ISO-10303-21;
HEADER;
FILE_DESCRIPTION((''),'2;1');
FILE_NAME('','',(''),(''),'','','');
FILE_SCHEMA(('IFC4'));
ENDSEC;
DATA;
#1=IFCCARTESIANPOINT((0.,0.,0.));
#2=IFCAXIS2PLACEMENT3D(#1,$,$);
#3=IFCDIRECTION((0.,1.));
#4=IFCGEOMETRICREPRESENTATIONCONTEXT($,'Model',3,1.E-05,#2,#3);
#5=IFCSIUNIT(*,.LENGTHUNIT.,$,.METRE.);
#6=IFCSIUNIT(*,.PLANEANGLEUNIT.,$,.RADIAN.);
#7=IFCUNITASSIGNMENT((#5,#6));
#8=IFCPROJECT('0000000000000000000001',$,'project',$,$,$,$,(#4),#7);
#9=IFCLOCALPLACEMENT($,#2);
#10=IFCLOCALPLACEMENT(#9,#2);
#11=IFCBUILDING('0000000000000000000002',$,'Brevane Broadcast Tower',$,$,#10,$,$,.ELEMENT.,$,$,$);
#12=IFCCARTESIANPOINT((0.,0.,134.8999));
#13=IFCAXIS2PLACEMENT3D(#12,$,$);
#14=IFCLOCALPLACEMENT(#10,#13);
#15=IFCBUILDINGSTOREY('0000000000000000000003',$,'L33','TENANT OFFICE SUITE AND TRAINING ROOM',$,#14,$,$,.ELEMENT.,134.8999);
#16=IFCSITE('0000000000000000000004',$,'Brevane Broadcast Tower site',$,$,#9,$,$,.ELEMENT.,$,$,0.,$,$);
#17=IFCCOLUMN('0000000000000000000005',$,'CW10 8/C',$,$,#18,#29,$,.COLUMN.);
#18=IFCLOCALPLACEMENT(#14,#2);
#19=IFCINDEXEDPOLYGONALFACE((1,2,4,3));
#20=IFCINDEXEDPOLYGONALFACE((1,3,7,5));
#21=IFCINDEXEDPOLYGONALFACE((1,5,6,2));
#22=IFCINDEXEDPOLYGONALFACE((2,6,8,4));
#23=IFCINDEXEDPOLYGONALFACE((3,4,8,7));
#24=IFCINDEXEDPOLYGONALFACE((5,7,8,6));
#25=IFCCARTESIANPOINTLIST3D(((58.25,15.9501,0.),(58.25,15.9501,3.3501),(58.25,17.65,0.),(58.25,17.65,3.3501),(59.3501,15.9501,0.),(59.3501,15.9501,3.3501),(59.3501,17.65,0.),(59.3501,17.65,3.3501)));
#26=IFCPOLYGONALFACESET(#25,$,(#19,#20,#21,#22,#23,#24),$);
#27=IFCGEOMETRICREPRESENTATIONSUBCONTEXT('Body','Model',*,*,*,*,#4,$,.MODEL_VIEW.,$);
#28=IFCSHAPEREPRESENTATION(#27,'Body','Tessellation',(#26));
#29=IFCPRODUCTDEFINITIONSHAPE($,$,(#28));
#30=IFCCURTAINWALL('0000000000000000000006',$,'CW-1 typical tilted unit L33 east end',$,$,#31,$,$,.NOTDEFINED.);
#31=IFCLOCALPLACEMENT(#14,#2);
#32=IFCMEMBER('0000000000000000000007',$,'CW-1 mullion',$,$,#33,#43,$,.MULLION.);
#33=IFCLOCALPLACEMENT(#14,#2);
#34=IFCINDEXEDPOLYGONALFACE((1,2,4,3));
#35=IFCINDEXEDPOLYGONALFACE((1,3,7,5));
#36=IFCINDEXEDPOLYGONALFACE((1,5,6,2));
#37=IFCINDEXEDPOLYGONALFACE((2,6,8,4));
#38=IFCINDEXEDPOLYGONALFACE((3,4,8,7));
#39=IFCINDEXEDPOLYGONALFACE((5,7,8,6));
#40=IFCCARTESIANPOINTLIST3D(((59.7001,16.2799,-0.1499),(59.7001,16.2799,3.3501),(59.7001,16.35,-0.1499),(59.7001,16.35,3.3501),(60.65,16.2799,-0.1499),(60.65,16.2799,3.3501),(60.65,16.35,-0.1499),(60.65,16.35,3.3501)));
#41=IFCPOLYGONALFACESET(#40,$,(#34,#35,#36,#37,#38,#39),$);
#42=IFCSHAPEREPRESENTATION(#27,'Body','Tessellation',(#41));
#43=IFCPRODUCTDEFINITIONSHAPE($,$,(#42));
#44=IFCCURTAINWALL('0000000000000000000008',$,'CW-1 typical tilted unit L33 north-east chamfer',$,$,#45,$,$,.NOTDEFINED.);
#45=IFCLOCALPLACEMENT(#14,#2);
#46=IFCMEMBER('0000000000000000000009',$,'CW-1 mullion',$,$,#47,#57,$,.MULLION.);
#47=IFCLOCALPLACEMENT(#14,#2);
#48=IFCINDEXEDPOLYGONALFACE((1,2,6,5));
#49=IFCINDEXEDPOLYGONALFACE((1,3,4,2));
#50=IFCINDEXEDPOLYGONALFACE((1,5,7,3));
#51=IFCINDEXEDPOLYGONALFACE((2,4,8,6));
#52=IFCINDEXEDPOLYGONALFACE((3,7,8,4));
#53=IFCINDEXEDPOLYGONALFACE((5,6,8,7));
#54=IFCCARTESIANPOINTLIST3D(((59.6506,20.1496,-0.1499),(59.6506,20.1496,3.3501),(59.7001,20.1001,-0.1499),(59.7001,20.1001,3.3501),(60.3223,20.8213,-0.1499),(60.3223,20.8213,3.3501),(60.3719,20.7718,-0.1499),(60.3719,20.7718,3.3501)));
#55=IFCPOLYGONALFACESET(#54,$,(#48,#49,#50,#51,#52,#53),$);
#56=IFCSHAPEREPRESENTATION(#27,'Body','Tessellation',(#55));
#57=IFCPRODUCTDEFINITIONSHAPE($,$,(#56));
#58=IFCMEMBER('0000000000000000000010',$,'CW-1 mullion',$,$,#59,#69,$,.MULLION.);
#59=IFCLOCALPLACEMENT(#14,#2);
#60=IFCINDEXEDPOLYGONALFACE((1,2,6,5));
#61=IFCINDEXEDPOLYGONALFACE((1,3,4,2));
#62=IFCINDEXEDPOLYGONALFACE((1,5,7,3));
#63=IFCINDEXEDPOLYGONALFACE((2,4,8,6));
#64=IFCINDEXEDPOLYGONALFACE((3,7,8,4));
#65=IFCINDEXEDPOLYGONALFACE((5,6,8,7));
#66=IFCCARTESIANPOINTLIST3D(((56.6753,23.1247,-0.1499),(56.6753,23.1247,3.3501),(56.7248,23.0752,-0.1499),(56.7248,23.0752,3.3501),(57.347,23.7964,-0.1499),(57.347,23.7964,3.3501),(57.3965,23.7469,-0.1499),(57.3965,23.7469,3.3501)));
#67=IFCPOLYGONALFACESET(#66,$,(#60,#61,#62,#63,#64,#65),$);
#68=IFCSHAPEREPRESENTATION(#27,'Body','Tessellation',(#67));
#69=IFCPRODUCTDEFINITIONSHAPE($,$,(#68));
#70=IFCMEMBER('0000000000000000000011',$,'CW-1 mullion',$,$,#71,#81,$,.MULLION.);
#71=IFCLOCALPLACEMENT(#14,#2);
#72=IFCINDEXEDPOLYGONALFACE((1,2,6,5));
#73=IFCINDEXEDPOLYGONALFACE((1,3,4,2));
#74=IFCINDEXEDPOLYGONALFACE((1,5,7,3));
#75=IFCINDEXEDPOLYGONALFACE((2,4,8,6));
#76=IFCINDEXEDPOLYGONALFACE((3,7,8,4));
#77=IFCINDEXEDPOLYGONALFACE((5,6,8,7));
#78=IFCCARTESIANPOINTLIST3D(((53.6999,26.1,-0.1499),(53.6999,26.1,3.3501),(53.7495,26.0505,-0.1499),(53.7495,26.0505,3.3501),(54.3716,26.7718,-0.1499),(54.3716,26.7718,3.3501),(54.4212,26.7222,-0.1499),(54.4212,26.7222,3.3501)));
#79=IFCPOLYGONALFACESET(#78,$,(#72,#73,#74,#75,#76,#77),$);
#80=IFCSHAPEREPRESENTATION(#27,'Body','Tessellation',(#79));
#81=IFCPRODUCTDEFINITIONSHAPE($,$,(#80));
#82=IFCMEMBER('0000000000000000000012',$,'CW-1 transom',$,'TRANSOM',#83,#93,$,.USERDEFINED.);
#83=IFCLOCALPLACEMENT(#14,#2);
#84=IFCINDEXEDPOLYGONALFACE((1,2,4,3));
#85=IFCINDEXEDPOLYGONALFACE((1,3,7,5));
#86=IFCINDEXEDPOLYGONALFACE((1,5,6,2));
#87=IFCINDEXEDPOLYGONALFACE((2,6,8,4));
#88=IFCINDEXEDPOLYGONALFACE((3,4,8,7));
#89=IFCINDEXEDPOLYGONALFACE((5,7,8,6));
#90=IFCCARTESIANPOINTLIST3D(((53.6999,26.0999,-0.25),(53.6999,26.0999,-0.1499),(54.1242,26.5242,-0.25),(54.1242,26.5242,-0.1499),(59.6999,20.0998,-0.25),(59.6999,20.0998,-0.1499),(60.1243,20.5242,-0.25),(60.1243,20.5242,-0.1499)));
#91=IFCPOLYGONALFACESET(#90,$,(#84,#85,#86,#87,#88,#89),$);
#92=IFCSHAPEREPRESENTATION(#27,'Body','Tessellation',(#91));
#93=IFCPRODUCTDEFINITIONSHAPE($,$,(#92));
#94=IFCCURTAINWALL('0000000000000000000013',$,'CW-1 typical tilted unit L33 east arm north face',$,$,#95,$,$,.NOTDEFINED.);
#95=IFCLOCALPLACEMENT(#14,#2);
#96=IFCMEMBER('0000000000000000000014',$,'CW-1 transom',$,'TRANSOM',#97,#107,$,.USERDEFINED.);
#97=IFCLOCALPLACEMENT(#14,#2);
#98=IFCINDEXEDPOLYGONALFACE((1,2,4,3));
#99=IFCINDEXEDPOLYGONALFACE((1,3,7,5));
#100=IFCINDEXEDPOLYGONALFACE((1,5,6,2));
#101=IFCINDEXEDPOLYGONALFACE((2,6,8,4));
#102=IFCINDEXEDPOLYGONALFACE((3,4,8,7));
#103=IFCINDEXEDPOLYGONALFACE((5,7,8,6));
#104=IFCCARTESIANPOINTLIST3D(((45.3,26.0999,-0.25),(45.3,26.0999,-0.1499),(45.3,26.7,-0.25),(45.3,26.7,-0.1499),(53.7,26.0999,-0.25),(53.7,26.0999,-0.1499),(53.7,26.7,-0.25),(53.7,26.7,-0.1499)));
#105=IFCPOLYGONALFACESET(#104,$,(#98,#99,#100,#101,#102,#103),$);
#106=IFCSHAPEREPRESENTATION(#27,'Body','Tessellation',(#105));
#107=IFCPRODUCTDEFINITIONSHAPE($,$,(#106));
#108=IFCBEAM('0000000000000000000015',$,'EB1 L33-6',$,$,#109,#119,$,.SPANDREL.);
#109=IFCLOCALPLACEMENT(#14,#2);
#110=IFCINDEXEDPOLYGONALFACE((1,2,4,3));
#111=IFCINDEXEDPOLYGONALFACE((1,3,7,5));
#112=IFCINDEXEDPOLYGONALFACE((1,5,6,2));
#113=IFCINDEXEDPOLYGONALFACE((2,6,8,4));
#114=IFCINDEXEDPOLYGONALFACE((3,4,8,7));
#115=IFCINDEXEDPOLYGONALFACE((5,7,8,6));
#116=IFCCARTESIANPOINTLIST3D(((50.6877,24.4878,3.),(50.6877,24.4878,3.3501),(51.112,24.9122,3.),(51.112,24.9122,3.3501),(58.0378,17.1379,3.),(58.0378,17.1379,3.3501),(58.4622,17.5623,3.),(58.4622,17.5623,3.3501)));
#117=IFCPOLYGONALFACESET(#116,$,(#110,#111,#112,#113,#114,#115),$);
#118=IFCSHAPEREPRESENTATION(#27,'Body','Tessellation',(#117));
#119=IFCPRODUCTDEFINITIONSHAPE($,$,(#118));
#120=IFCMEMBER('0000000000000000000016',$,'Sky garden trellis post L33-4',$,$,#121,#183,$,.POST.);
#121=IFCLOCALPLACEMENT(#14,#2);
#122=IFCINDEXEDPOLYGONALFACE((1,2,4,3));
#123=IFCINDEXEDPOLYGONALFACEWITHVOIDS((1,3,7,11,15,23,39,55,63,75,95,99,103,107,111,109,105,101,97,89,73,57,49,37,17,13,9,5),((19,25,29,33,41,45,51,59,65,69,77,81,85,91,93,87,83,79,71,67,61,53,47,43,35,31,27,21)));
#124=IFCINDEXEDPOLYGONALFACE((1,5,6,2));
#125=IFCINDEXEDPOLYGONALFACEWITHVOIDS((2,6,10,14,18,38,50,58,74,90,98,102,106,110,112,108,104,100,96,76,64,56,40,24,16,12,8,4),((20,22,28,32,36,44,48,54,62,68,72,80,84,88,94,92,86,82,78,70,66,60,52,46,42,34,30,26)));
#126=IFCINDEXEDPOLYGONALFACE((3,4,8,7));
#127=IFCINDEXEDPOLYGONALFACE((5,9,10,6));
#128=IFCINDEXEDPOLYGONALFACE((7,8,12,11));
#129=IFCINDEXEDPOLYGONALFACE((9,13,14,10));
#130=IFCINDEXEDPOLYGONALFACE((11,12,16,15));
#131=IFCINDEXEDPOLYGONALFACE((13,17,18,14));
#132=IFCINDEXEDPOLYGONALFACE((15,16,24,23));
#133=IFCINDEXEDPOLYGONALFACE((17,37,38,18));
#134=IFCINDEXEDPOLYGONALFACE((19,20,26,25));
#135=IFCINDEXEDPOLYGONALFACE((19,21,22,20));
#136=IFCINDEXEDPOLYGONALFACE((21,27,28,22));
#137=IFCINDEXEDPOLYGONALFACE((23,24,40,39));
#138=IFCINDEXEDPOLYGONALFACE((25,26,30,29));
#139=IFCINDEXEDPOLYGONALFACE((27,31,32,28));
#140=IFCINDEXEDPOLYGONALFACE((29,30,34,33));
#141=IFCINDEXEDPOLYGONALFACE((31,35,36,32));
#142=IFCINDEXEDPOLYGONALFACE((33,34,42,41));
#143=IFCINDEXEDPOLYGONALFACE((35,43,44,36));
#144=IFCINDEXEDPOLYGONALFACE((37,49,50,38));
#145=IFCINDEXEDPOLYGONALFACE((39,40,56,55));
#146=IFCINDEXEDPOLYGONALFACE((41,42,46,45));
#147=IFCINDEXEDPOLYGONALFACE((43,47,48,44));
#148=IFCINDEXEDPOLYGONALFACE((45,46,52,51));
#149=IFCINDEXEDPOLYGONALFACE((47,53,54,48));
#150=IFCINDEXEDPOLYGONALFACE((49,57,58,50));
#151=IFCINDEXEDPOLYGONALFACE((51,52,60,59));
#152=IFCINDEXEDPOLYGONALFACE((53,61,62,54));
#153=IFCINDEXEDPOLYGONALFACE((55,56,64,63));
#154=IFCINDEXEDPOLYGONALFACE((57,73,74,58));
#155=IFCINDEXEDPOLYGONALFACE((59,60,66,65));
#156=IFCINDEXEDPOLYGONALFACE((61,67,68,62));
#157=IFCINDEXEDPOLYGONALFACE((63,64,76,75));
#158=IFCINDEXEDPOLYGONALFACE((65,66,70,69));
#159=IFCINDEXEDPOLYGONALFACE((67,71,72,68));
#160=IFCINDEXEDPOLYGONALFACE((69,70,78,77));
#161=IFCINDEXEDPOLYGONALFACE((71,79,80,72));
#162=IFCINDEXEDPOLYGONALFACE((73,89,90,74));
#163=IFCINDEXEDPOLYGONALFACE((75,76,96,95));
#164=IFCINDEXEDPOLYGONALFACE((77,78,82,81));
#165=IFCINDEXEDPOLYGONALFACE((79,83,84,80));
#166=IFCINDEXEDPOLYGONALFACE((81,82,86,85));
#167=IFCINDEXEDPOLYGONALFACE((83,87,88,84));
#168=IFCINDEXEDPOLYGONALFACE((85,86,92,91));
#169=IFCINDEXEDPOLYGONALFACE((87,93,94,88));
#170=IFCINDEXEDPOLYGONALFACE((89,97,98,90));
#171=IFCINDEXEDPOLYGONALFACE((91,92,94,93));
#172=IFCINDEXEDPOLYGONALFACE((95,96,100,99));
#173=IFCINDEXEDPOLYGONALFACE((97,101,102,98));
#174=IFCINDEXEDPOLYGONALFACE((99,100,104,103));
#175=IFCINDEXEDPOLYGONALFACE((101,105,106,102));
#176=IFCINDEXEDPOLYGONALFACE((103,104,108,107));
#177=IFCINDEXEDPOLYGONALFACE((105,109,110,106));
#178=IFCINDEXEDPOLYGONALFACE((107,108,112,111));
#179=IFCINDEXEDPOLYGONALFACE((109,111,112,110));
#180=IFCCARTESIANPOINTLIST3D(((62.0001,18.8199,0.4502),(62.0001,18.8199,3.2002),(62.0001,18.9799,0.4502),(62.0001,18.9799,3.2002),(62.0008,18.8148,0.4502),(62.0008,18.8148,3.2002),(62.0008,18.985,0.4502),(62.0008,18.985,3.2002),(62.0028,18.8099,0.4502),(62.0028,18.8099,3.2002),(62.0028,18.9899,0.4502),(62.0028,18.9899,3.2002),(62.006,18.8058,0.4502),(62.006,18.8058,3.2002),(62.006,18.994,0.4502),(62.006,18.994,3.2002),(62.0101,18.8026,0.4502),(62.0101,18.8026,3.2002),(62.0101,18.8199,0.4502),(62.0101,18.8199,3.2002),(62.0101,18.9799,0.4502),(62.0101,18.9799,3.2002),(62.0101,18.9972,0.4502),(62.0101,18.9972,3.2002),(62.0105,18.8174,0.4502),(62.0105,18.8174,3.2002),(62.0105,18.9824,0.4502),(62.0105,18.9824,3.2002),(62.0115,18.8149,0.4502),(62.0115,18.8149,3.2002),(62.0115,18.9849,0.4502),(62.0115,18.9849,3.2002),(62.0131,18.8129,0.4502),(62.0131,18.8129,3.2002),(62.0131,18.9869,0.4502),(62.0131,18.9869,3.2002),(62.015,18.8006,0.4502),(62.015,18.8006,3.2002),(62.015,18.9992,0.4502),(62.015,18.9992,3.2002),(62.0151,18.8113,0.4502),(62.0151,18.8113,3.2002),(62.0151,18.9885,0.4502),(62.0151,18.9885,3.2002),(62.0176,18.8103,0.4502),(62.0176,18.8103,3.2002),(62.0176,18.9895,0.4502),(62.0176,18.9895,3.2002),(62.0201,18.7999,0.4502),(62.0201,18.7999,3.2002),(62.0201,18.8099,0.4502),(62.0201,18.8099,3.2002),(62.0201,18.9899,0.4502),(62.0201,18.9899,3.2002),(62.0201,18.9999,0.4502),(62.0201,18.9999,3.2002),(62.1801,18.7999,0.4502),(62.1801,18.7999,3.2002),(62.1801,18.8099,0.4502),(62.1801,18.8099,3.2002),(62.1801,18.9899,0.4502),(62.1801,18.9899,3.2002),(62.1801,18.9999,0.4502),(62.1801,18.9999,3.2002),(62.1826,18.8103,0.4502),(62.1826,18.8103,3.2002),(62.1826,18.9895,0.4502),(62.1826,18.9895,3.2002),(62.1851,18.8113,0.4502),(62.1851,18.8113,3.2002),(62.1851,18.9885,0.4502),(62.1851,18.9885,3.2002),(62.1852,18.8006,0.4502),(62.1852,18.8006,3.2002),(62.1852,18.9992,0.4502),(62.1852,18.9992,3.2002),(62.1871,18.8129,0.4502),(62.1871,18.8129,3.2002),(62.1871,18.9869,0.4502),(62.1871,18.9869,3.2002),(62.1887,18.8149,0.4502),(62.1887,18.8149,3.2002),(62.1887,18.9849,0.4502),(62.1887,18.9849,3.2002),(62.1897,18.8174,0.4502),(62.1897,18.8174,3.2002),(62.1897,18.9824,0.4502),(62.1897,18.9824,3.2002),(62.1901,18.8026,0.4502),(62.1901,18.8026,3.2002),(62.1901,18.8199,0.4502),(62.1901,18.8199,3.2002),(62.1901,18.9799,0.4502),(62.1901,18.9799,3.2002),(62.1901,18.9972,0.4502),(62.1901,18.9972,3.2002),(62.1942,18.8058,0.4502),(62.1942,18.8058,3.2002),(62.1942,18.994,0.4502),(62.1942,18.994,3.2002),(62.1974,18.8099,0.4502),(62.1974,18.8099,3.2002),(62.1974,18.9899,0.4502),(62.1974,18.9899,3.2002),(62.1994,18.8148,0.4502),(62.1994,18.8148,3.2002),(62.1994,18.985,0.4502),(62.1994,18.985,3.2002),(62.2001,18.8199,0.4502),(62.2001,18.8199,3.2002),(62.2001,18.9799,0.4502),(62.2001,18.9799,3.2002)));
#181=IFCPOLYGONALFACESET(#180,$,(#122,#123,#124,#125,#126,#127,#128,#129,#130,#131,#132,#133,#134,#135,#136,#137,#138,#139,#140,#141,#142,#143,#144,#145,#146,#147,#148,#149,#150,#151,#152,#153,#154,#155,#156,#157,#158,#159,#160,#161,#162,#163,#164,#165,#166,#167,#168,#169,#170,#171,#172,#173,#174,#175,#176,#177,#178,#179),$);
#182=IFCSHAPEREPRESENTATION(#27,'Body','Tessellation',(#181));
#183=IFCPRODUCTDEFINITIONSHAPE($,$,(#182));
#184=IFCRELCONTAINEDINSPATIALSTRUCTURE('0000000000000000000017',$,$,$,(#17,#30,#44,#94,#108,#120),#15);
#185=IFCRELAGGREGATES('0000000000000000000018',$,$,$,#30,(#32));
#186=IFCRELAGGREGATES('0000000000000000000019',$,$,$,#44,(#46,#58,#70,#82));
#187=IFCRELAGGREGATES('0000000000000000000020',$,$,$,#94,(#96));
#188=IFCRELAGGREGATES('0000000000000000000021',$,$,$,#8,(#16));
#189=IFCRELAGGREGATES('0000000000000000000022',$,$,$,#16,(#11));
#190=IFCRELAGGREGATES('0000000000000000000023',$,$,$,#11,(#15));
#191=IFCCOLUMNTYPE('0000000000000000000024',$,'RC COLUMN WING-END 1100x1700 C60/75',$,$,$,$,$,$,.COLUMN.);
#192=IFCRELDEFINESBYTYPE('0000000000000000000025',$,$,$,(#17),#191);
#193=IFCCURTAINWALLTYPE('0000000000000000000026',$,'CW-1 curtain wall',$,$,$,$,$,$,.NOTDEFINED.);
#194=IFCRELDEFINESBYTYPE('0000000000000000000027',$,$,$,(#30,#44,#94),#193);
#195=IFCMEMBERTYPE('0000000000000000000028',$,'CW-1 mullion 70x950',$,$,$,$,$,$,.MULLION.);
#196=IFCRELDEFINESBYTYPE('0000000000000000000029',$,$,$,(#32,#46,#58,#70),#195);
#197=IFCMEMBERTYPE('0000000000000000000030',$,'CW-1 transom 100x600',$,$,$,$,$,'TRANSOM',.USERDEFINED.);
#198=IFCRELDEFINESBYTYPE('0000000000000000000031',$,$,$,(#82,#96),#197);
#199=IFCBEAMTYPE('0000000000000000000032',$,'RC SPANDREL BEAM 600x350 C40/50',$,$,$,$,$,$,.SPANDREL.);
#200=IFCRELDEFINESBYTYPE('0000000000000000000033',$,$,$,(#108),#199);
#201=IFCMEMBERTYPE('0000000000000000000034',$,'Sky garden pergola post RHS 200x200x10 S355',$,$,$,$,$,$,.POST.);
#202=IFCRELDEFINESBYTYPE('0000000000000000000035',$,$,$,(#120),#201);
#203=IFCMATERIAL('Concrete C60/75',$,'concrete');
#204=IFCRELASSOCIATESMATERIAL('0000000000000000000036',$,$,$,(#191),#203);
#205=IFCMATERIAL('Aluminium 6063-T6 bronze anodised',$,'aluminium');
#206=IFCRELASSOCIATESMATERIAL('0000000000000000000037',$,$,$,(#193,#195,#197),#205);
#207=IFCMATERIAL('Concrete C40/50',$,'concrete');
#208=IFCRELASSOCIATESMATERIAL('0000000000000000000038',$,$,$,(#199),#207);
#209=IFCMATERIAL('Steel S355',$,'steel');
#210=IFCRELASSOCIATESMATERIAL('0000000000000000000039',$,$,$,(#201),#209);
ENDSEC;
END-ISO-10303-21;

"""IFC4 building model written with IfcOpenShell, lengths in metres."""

from ifc_helpers import new_model, si_unit, direction, frame, origin, origin_2d, place, context, subcontext, project, spatial, rectangle, hollow_rectangle, extrude, material, material_profile, profile_set, type_object, element, aggregate, save


model = new_model("IFC4")

# Units and contexts
model_context = context("Model", 3, precision=1e-05, world=origin(), true_north=direction((0.0, 1.0)))
body_context = subcontext(model_context, "Body", "Model", "MODEL_VIEW")
ifc_project = project(units=[si_unit("LENGTHUNIT", "METRE"), si_unit("PLANEANGLEUNIT", "RADIAN")], contexts=[model_context])

# Site, building, storey
site_placement = place(None, origin())
site = spatial("IfcSite", under=ifc_project, at=site_placement, Name="Brevane Broadcast Tower site", CompositionType="ELEMENT", RefElevation=0.0)
building_placement = place(site_placement, origin())
building = spatial("IfcBuilding", under=site, at=building_placement, Name="Brevane Broadcast Tower", CompositionType="ELEMENT")
storey_placement = place(building_placement, frame((0.0, 0.0, 134.8999)))
storey = spatial("IfcBuildingStorey", under=building, at=storey_placement, Name="L33", Description="TENANT OFFICE SUITE AND TRAINING ROOM", CompositionType="ELEMENT", Elevation=134.8999)

# Column
ifc_material_1 = material(Name="Concrete C60/75", Category="concrete")
ifc_material_profile_1 = material_profile(ifc_material_1, rectangle(XDim=1.1001, YDim=1.7, at=origin_2d()), Name="RC 1100x1700")
ifc_profile_set_1 = profile_set([ifc_material_profile_1], Name="Concrete C60/75")
column_type = type_object("IfcColumnType", Name="RC COLUMN WING-END 1100x1700 C60/75", PredefinedType="COLUMN", material=ifc_profile_set_1)
column_placement = place(storey_placement, frame((58.8, 16.8, 0.0), z_axis=(0.0, 0.0, 1.0), x_axis=(1.0, 0.0, 0.0)))
element("IfcColumn", 1, at=column_placement, inside=storey, type_object=column_type, Name="CW10 8/C", PredefinedType="COLUMN", context=body_context, shape_type="SweptSolid", body=[
    extrude(rectangle(XDim=1.1001, YDim=1.7, at=origin_2d()), origin(), (0.0, 0.0, 1.0), 3.3501),
])

# Curtain wall, member
ifc_material_2 = material(Name="Aluminium 6063-T6 bronze anodised", Category="aluminium")
curtain_wall_type = type_object("IfcCurtainWallType", Name="CW-1 curtain wall", PredefinedType="NOTDEFINED", material=ifc_material_2)
curtain_wall_1_placement = place(storey_placement, origin())
curtain_wall_1 = element("IfcCurtainWall", 2, at=curtain_wall_1_placement, inside=storey, type_object=curtain_wall_type, Name="CW-1 typical tilted unit L33 east end", PredefinedType="NOTDEFINED")
ifc_material_profile_2 = material_profile(ifc_material_2, rectangle(XDim=0.95, YDim=0.0701, at=origin_2d()), Name="RECT 70x950")
ifc_profile_set_2 = profile_set([ifc_material_profile_2], Name="Aluminium 6063-T6 bronze anodised")
member_type_1 = type_object("IfcMemberType", Name="CW-1 mullion 70x950", PredefinedType="MULLION", material=ifc_profile_set_2)
member_1_placement = place(storey_placement, frame((60.175, 16.3149, -0.1499), z_axis=(0.0, 0.0, 1.0), x_axis=(-1.0, 0.0, 0.0)))
member_1 = element("IfcMember", 3, at=member_1_placement, type_object=member_type_1, Name="CW-1 mullion", PredefinedType="MULLION", context=body_context, shape_type="SweptSolid", body=[
    extrude(rectangle(XDim=0.95, YDim=0.0701, at=origin_2d()), origin(), (0.0, 0.0, 1.0), 3.5),
])
aggregate(curtain_wall_1, [member_1])

# Curtain wall, members
curtain_wall_2_placement = place(storey_placement, origin())
curtain_wall_2 = element("IfcCurtainWall", 4, at=curtain_wall_2_placement, inside=storey, type_object=curtain_wall_type, Name="CW-1 typical tilted unit L33 north-east chamfer", PredefinedType="NOTDEFINED")
member_2_placement = place(storey_placement, frame((60.0112, 20.4607, -0.1499), z_axis=(0.0, 0.0, 1.0), x_axis=(-0.707107, -0.707107, 0.0)))
member_2 = element("IfcMember", 5, at=member_2_placement, type_object=member_type_1, Name="CW-1 mullion", PredefinedType="MULLION", context=body_context, shape_type="SweptSolid", body=[
    extrude(rectangle(XDim=0.95, YDim=0.0701, at=origin_2d()), origin(), (0.0, 0.0, 1.0), 3.5),
])
member_3_placement = place(storey_placement, frame((57.0359, 23.4358, -0.1499), z_axis=(0.0, 0.0, 1.0), x_axis=(-0.707107, -0.707107, 0.0)))
member_3 = element("IfcMember", 6, at=member_3_placement, type_object=member_type_1, Name="CW-1 mullion", PredefinedType="MULLION", context=body_context, shape_type="SweptSolid", body=[
    extrude(rectangle(XDim=0.95, YDim=0.0701, at=origin_2d()), origin(), (0.0, 0.0, 1.0), 3.5),
])
member_4_placement = place(storey_placement, frame((54.0605, 26.4111, -0.1499), z_axis=(0.0, 0.0, 1.0), x_axis=(-0.707107, -0.707107, 0.0)))
member_4 = element("IfcMember", 7, at=member_4_placement, type_object=member_type_1, Name="CW-1 mullion", PredefinedType="MULLION", context=body_context, shape_type="SweptSolid", body=[
    extrude(rectangle(XDim=0.95, YDim=0.0701, at=origin_2d()), origin(), (0.0, 0.0, 1.0), 3.5),
])
ifc_material_profile_3 = material_profile(ifc_material_2, rectangle(XDim=0.6001, YDim=0.1001, at=origin_2d()), Name="RECT 100x600")
ifc_profile_set_3 = profile_set([ifc_material_profile_3], Name="Aluminium 6063-T6 bronze anodised")
member_type_2 = type_object("IfcMemberType", Name="CW-1 transom 100x600", ElementType="TRANSOM", PredefinedType="USERDEFINED", material=ifc_profile_set_3)
member_5_placement = place(storey_placement, frame((59.9121, 20.312, -0.2), z_axis=(-0.707107, 0.707107, 0.0), x_axis=(-0.707107, -0.707107, 0.0)))
member_5 = element("IfcMember", 8, at=member_5_placement, type_object=member_type_2, Name="CW-1 transom", ObjectType="TRANSOM", PredefinedType="USERDEFINED", context=body_context, shape_type="SweptSolid", body=[
    extrude(rectangle(XDim=0.6001, YDim=0.1001, at=origin_2d()), origin(), (0.0, 0.0, 1.0), 8.4854),
])
aggregate(curtain_wall_2, [member_2, member_3, member_4, member_5])

# Curtain wall, member
curtain_wall_3_placement = place(storey_placement, origin())
curtain_wall_3 = element("IfcCurtainWall", 9, at=curtain_wall_3_placement, inside=storey, type_object=curtain_wall_type, Name="CW-1 typical tilted unit L33 east arm north face", PredefinedType="NOTDEFINED")
member_6_placement = place(storey_placement, frame((53.7, 26.3999, -0.2), z_axis=(-1.0, 0.0, 0.0), x_axis=(0.0, -1.0, 0.0)))
member_6 = element("IfcMember", 10, at=member_6_placement, type_object=member_type_2, Name="CW-1 transom", ObjectType="TRANSOM", PredefinedType="USERDEFINED", context=body_context, shape_type="SweptSolid", body=[
    extrude(rectangle(XDim=0.6001, YDim=0.1001, at=origin_2d()), origin(), (0.0, 0.0, 1.0), 8.3999),
])
aggregate(curtain_wall_3, [member_6])

# Beam
ifc_material_3 = material(Name="Concrete C40/50", Category="concrete")
ifc_material_profile_4 = material_profile(ifc_material_3, rectangle(XDim=0.6001, YDim=0.3501, at=origin_2d()), Name="RC 600x350")
ifc_profile_set_4 = profile_set([ifc_material_profile_4], Name="Concrete C40/50")
beam_type = type_object("IfcBeamType", Name="RC SPANDREL BEAM 600x350 C40/50", PredefinedType="SPANDREL", material=ifc_profile_set_4)
beam_placement = place(storey_placement, frame((58.25, 17.3501, 3.175), z_axis=(-0.707119, 0.707095, 0.0), x_axis=(-0.707095, -0.707119, 0.0)))
element("IfcBeam", 11, at=beam_placement, inside=storey, type_object=beam_type, Name="EB1 L33-6", PredefinedType="SPANDREL", context=body_context, shape_type="SweptSolid", body=[
    extrude(rectangle(XDim=0.6001, YDim=0.3501, at=origin_2d()), origin(), (0.0, 0.0, 1.0), 10.3945),
])

# Member
ifc_material_4 = material(Name="Steel S355", Category="steel")
ifc_material_profile_5 = material_profile(ifc_material_4, hollow_rectangle(XDim=0.2, YDim=0.2, WallThickness=0.01, InnerFilletRadius=0.01, OuterFilletRadius=0.02, at=origin_2d()), Name="RHS 200x200x10")
ifc_profile_set_5 = profile_set([ifc_material_profile_5], Name="Steel S355")
member_type_3 = type_object("IfcMemberType", Name="Sky garden pergola post RHS 200x200x10 S355", PredefinedType="POST", material=ifc_profile_set_5)
for number, where, z_axis, x_axis, name in (
    (12, (62.1001, 18.8999, 0.4502), (0.0, 0.0, 1.0), (1.0, 0.0, 0.0), "Sky garden trellis post L33-4"),
):
    element("IfcMember", number, at=place(storey_placement, frame(where, z_axis=z_axis, x_axis=x_axis)), inside=storey, type_object=member_type_3, Name=name, PredefinedType="POST", context=body_context, shape_type="SweptSolid", body=[
        extrude(hollow_rectangle(XDim=0.2, YDim=0.2, WallThickness=0.01, InnerFilletRadius=0.01, OuterFilletRadius=0.02, at=origin_2d()), origin(), (0.0, 0.0, 1.0), 2.75),
    ])

save(model, "model.ifc")
